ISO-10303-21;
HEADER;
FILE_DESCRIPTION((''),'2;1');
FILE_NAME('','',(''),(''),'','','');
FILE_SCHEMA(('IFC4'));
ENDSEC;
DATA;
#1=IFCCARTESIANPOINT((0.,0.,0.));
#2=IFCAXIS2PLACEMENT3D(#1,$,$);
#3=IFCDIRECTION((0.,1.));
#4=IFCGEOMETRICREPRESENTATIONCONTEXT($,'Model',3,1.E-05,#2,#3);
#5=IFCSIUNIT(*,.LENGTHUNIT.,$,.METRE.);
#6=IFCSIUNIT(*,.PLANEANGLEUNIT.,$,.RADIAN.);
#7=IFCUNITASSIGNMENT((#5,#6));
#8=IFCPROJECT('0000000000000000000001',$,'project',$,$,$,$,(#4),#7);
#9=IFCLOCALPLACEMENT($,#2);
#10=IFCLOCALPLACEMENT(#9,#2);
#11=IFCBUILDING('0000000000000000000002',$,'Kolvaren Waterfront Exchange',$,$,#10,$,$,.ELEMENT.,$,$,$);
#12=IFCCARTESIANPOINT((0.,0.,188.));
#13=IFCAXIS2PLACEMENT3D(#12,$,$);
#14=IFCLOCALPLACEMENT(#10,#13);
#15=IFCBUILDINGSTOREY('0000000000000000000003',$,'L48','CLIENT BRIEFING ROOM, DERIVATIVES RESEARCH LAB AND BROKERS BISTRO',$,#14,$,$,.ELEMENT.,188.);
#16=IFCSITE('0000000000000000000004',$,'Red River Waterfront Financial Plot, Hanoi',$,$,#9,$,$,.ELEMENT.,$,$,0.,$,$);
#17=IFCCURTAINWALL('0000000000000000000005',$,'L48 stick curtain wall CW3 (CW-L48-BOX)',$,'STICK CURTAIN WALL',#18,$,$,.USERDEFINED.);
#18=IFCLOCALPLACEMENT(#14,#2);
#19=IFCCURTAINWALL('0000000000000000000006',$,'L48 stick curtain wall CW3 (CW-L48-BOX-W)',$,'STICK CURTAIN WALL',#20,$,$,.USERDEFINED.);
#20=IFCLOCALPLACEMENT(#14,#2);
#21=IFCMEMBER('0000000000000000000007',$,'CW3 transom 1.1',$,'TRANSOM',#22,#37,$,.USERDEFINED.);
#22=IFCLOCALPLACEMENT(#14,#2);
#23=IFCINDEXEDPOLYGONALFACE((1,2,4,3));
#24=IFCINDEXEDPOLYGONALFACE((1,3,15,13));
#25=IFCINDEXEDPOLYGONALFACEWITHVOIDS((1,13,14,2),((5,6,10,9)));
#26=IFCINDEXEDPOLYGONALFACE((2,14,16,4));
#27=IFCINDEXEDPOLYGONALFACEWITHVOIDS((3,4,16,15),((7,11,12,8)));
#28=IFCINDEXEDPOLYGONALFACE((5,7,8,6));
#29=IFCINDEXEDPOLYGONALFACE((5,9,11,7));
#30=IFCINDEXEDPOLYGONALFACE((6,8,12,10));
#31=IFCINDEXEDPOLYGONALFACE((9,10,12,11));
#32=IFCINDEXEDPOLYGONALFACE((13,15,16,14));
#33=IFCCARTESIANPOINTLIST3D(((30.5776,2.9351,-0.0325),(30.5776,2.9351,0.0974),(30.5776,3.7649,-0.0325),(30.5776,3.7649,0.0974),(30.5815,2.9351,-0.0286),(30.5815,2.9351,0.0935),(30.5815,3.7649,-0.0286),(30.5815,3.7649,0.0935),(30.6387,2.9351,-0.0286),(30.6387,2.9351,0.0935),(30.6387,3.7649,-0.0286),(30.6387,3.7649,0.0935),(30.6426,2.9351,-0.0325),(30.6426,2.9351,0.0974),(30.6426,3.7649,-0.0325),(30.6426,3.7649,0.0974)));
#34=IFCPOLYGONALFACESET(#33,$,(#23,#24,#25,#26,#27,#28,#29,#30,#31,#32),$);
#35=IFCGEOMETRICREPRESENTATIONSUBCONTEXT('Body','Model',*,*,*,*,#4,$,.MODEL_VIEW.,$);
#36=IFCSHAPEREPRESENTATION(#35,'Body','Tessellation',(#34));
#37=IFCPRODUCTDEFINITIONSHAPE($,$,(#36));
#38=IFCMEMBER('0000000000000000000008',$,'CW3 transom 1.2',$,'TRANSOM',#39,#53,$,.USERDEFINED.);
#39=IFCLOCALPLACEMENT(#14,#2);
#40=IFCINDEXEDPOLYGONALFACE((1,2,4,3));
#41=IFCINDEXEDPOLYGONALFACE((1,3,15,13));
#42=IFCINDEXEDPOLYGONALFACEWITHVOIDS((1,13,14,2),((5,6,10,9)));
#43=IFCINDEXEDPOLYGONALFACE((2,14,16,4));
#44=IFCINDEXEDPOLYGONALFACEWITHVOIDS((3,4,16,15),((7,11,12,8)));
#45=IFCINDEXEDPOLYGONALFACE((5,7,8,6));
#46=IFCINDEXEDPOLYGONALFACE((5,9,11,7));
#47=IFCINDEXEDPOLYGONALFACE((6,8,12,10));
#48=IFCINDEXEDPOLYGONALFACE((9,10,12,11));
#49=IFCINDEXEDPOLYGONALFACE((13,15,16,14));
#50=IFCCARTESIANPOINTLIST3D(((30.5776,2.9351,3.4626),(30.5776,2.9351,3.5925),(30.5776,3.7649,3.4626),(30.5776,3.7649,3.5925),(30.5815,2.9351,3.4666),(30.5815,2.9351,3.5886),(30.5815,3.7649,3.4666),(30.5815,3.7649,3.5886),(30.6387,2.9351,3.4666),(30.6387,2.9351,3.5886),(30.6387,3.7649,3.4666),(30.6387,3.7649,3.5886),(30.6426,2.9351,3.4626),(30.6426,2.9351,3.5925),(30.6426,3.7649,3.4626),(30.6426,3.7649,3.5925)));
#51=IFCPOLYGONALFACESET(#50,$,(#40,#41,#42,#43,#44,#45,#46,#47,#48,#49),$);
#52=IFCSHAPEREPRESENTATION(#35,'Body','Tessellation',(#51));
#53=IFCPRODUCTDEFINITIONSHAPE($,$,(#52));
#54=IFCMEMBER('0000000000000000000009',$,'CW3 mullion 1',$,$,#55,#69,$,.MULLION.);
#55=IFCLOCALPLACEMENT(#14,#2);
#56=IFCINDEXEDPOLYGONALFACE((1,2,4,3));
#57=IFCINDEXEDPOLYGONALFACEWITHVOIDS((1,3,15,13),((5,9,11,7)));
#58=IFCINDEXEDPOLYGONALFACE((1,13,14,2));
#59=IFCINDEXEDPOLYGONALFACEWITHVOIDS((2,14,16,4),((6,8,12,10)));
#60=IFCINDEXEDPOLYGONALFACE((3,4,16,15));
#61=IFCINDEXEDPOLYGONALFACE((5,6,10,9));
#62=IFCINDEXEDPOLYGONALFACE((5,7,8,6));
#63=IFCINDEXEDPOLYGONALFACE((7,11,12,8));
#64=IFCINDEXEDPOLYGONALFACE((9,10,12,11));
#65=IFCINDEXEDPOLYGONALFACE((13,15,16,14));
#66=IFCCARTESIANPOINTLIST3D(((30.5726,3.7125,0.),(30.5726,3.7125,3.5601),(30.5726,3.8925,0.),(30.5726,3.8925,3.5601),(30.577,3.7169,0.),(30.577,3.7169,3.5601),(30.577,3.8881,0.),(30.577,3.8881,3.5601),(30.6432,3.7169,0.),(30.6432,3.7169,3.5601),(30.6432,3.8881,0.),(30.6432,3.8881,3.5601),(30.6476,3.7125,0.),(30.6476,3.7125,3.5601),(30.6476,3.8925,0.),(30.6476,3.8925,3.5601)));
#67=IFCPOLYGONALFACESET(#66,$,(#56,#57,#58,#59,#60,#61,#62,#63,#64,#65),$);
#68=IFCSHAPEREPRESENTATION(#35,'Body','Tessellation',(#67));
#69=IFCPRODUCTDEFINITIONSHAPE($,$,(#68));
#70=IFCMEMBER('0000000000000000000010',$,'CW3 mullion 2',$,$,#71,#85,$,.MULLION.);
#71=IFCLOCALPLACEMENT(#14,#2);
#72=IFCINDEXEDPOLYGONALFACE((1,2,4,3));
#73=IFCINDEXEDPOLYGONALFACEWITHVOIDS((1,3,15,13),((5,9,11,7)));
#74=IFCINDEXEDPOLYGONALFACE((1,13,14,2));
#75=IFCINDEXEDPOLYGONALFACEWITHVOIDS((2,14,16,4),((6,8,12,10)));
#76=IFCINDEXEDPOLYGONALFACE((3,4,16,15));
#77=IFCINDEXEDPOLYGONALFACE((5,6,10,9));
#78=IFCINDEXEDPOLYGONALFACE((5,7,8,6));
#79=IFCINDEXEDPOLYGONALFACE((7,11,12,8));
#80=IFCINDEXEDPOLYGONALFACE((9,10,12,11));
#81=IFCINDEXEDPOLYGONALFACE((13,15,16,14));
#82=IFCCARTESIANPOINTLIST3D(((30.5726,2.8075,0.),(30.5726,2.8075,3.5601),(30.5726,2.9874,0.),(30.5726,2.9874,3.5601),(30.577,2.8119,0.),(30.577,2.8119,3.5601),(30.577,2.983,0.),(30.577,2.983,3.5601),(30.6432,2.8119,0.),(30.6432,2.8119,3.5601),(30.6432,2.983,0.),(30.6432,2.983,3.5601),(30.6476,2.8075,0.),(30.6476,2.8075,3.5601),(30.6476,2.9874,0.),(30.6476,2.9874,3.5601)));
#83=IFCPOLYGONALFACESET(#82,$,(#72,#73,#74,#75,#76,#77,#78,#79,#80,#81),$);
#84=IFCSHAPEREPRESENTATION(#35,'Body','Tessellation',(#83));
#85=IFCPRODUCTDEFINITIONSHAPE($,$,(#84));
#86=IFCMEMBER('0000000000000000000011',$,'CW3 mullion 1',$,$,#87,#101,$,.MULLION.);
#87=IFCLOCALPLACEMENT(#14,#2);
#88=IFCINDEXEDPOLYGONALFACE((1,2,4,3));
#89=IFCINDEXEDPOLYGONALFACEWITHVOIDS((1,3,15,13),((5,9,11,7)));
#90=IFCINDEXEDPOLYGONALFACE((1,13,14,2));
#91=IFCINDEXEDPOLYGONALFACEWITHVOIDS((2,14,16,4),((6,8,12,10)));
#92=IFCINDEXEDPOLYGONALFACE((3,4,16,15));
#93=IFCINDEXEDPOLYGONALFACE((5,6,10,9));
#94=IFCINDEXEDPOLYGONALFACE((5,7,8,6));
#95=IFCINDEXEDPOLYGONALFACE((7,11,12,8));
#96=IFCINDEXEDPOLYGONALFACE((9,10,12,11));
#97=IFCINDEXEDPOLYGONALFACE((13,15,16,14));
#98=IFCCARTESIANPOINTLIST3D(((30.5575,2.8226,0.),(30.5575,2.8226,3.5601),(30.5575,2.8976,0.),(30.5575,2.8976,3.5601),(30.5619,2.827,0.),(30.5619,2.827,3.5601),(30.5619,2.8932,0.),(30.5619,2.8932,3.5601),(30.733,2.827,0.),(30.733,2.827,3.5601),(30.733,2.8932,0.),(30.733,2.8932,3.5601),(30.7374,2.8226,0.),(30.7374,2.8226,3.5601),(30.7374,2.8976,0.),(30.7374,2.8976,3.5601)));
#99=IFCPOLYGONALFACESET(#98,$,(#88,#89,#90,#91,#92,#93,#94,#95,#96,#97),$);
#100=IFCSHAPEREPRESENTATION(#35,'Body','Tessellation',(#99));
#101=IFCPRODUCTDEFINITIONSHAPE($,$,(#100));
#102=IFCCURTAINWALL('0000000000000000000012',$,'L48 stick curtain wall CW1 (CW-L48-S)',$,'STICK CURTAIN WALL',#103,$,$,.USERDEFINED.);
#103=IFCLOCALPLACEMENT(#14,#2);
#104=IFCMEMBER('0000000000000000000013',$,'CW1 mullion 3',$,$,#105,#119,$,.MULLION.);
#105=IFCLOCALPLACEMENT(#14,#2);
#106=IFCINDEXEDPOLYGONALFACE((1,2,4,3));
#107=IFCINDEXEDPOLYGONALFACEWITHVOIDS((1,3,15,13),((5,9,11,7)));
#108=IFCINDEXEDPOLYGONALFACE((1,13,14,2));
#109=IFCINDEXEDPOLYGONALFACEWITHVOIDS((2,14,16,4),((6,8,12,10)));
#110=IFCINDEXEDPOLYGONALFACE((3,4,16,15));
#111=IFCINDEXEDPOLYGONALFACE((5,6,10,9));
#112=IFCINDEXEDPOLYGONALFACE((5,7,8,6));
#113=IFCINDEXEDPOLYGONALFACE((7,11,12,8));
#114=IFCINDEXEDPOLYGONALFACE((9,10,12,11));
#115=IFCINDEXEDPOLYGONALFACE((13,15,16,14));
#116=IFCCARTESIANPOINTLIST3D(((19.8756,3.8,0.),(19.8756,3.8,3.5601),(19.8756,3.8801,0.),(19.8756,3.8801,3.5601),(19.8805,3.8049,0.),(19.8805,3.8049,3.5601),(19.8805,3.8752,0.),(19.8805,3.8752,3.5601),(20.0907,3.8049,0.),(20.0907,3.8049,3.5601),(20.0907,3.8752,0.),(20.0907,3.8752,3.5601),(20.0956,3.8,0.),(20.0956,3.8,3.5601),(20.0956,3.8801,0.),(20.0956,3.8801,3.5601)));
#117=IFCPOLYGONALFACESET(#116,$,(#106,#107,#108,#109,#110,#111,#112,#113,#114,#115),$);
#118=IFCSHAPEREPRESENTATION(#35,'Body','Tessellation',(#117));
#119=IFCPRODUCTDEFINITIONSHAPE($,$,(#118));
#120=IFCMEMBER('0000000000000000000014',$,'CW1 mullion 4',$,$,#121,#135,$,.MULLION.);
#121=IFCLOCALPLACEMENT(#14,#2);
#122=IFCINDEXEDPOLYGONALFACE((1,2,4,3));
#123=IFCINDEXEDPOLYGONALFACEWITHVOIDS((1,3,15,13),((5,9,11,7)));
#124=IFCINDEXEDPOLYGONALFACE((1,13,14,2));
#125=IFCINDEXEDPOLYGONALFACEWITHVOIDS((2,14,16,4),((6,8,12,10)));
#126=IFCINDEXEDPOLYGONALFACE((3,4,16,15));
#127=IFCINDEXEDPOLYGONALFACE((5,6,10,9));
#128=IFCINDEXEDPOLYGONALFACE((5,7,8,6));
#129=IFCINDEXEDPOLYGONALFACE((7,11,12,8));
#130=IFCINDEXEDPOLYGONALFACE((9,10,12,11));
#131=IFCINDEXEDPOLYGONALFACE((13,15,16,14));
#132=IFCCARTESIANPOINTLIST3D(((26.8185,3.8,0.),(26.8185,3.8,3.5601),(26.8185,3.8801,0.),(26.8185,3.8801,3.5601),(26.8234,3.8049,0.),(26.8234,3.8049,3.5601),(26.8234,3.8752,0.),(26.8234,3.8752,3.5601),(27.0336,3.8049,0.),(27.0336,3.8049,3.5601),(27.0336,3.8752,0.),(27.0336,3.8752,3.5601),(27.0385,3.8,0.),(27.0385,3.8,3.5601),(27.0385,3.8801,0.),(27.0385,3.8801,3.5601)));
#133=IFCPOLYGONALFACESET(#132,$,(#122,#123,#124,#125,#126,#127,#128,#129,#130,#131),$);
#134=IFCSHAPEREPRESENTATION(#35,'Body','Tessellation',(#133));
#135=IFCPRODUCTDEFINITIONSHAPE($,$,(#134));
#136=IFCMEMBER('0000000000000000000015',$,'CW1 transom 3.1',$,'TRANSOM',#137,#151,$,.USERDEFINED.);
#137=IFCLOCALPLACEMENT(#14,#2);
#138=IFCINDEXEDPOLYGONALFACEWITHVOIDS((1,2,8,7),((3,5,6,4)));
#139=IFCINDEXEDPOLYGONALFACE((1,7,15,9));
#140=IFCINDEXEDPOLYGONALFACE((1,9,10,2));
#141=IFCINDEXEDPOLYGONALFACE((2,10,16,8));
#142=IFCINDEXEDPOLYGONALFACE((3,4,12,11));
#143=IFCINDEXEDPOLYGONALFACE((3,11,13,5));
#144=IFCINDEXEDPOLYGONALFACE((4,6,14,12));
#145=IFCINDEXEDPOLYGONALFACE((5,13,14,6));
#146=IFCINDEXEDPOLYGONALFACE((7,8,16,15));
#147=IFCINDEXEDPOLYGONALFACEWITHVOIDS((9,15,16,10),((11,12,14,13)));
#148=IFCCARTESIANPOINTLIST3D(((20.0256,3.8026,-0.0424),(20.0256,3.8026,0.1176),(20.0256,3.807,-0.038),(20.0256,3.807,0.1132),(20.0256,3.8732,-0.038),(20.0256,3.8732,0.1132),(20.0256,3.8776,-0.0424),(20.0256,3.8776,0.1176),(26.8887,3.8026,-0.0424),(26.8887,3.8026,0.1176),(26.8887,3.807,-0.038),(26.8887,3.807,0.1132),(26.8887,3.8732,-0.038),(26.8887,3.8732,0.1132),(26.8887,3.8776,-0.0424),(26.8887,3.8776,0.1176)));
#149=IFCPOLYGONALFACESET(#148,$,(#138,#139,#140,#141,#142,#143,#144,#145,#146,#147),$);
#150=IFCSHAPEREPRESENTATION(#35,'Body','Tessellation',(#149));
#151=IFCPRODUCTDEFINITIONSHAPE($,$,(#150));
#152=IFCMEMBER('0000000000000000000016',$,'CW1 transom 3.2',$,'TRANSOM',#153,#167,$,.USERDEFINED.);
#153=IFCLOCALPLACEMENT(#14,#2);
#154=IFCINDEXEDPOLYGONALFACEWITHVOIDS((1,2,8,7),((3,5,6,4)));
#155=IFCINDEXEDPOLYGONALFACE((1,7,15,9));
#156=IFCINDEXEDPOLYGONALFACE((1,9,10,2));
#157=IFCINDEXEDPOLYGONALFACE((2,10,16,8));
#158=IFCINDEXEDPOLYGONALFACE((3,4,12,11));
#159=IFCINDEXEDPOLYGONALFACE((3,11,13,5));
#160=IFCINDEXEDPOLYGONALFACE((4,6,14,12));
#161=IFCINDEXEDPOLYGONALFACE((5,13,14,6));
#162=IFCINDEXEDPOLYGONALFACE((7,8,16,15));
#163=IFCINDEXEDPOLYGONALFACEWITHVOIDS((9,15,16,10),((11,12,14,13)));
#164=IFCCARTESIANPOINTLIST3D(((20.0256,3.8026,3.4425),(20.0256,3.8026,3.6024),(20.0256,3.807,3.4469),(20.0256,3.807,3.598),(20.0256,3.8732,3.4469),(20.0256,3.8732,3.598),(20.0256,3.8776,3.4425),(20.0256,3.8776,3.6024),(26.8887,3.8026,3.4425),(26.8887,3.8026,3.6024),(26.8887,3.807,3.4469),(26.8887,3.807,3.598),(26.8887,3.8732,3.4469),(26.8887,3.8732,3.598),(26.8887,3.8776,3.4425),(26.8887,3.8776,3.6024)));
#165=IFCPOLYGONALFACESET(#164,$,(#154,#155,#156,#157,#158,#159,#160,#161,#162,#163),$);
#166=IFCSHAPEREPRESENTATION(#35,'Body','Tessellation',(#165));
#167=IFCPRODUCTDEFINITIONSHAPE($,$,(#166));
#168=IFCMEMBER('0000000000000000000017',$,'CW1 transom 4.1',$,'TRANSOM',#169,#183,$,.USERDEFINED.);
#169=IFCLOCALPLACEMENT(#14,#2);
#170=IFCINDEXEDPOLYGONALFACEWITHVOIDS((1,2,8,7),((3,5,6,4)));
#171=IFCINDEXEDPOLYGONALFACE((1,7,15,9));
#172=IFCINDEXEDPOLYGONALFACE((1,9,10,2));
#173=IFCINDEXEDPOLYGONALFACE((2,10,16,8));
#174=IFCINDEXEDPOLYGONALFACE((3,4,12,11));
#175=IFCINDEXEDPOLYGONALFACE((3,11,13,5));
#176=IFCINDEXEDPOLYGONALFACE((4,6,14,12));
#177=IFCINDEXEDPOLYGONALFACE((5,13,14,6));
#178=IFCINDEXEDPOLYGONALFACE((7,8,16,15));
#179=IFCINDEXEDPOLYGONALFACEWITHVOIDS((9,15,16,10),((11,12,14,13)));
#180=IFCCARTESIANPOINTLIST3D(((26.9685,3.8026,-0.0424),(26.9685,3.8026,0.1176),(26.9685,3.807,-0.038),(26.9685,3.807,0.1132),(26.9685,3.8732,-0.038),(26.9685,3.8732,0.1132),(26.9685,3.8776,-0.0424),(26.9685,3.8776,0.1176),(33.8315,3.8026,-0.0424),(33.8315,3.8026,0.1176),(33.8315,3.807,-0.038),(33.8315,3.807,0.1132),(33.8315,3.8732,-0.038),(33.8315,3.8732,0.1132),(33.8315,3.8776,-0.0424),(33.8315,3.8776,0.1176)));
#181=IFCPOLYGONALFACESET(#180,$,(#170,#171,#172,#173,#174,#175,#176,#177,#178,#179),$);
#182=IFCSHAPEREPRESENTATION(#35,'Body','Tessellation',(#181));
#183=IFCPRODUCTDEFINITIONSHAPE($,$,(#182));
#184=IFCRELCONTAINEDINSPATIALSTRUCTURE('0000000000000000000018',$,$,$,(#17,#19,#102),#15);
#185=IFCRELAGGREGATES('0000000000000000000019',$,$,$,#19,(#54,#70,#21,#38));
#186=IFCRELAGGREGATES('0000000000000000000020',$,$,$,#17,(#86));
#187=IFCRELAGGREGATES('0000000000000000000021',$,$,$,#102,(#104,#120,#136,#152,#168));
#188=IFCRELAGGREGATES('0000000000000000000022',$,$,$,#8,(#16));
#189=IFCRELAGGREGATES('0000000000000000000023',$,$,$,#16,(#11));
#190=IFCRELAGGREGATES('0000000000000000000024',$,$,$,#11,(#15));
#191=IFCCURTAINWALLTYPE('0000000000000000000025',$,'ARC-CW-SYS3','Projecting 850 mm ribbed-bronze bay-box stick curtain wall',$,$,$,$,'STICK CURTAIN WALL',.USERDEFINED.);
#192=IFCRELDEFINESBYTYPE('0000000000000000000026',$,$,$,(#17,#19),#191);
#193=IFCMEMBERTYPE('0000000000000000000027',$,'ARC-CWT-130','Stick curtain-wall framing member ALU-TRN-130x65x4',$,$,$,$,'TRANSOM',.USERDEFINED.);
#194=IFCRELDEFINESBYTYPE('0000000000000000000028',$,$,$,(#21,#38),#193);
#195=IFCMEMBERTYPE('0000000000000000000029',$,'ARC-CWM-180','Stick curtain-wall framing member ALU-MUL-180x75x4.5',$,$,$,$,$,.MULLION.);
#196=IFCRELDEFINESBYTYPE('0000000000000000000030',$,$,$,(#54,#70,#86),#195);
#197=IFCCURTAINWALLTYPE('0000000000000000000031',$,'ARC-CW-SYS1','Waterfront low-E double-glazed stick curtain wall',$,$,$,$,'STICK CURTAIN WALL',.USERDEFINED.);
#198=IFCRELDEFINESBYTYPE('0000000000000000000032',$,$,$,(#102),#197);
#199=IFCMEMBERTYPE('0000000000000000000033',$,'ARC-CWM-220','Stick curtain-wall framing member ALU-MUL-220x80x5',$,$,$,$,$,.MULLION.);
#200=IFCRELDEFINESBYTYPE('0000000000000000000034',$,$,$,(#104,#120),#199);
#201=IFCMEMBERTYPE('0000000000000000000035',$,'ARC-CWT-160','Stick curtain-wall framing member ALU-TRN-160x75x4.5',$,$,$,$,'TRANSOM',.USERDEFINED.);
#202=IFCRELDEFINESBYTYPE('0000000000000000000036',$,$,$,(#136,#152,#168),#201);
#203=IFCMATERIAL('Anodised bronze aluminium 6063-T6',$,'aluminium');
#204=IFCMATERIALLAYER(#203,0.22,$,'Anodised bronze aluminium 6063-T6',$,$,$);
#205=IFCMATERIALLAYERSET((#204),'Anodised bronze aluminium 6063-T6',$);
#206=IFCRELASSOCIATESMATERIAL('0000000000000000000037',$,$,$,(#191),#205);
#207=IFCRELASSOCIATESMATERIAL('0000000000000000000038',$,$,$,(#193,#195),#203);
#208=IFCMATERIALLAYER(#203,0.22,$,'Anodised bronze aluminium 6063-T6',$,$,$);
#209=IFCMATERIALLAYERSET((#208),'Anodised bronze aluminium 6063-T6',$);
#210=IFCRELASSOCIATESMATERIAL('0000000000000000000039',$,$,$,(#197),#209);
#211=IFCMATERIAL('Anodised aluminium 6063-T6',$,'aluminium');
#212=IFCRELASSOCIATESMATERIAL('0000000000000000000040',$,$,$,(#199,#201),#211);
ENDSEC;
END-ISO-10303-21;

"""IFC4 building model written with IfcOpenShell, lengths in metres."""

from ifc_helpers import new_model, si_unit, direction, frame, origin, origin_with_axes, origin_2d, place, context, subcontext, project, spatial, hollow_rectangle, extrude, source, transform, mapped, material, layer, layer_set, material_profile, profile_set, type_object, element, aggregate, save


model = new_model("IFC4")

# Units and contexts
model_context = context("Model", 3, precision=1e-05, world=origin(), true_north=direction((0.0, 1.0)))
body_context = subcontext(model_context, "Body", "Model", "MODEL_VIEW")
ifc_project = project(units=[si_unit("LENGTHUNIT", "METRE"), si_unit("PLANEANGLEUNIT", "RADIAN")], contexts=[model_context])

# Site, building, storey
site_placement = place(None, origin())
site = spatial("IfcSite", under=ifc_project, at=site_placement, Name="Red River Waterfront Financial Plot, Hanoi", CompositionType="ELEMENT", RefElevation=0.0)
building_placement = place(site_placement, origin())
building = spatial("IfcBuilding", under=site, at=building_placement, Name="Kolvaren Waterfront Exchange", CompositionType="ELEMENT")
storey_placement = place(building_placement, frame((0.0, 0.0, 188.0)))
storey = spatial("IfcBuildingStorey", under=building, at=storey_placement, Name="L48", Description="CLIENT BRIEFING ROOM, DERIVATIVES RESEARCH LAB AND BROKERS BISTRO", CompositionType="ELEMENT", Elevation=188.0)

# Curtain walls, members
ifc_material_1 = material(Name="Anodised bronze aluminium 6063-T6", Category="aluminium")
ifc_layer_1 = layer(ifc_material_1, 0.22, Name="Anodised bronze aluminium 6063-T6")
ifc_layer_set_1 = layer_set([ifc_layer_1], Name="Anodised bronze aluminium 6063-T6")
curtain_wall_type_1 = type_object("IfcCurtainWallType", Name="ARC-CW-SYS3", Description="Projecting 850 mm ribbed-bronze bay-box stick curtain wall", ElementType="STICK CURTAIN WALL", PredefinedType="USERDEFINED", material=ifc_layer_set_1)
curtain_wall_1_placement = place(storey_placement, origin())
curtain_wall_1 = element("IfcCurtainWall", 1, at=curtain_wall_1_placement, inside=storey, type_object=curtain_wall_type_1, Name="L48 stick curtain wall CW3 (CW-L48-BOX)", ObjectType="STICK CURTAIN WALL", PredefinedType="USERDEFINED")
ifc_material_profile_1 = material_profile(ifc_material_1, hollow_rectangle(XDim=0.0649, YDim=0.1299, WallThickness=0.0039, at=origin_2d()), Name="ALU-TRN-130x65x4")
ifc_profile_set_1 = profile_set([ifc_material_profile_1], Name="Anodised bronze aluminium 6063-T6")
member_type_1 = type_object("IfcMemberType", Name="ARC-CWT-130", Description="Stick curtain-wall framing member ALU-TRN-130x65x4", ElementType="TRANSOM", PredefinedType="USERDEFINED", material=ifc_profile_set_1)
curtain_wall_2_placement = place(storey_placement, origin())
curtain_wall_2 = element("IfcCurtainWall", 2, at=curtain_wall_2_placement, inside=storey, type_object=curtain_wall_type_1, Name="L48 stick curtain wall CW3 (CW-L48-BOX-W)", ObjectType="STICK CURTAIN WALL", PredefinedType="USERDEFINED")
shared_shape_1 = source(origin_with_axes(), body_context, "Body", "SweptSolid", [
    extrude(hollow_rectangle(XDim=0.0649, YDim=0.1299, WallThickness=0.0039, at=origin_2d()), origin(), (0.0, 0.0, 1.0), 0.8298),
])
member_1_placement = place(storey_placement, frame((30.6101, 3.7649, 0.0325), z_axis=(0.0, -1.0, 0.0), x_axis=(1.0, 0.0, 0.0)))
member_1 = element("IfcMember", 3, at=member_1_placement, type_object=member_type_1, Name="CW3 transom 1.1", ObjectType="TRANSOM", PredefinedType="USERDEFINED", context=body_context, shape_type="MappedRepresentation", body=[
    mapped(shared_shape_1, transform((0.0, 0.0, 0.0), x_axis=(1.0, 0.0, 0.0), y_axis=(0.0, 1.0, 0.0), z_axis=(0.0, 0.0, 1.0), scale=1.0)),
])
member_2_placement = place(storey_placement, frame((30.6101, 3.7649, 3.5276), z_axis=(0.0, -1.0, 0.0), x_axis=(1.0, 0.0, 0.0)))
member_2 = element("IfcMember", 4, at=member_2_placement, type_object=member_type_1, Name="CW3 transom 1.2", ObjectType="TRANSOM", PredefinedType="USERDEFINED", context=body_context, shape_type="MappedRepresentation", body=[
    mapped(shared_shape_1, transform((0.0, 0.0, 0.0), x_axis=(1.0, 0.0, 0.0), y_axis=(0.0, 1.0, 0.0), z_axis=(0.0, 0.0, 1.0), scale=1.0)),
])
ifc_material_profile_2 = material_profile(ifc_material_1, hollow_rectangle(XDim=0.075, YDim=0.1799, WallThickness=0.0044, at=origin_2d()), Name="ALU-MUL-180x75x4.5")
ifc_profile_set_2 = profile_set([ifc_material_profile_2], Name="Anodised bronze aluminium 6063-T6")
member_type_2 = type_object("IfcMemberType", Name="ARC-CWM-180", Description="Stick curtain-wall framing member ALU-MUL-180x75x4.5", PredefinedType="MULLION", material=ifc_profile_set_2)
shared_shape_2 = source(origin_with_axes(), body_context, "Body", "SweptSolid", [
    extrude(hollow_rectangle(XDim=0.075, YDim=0.1799, WallThickness=0.0044, at=origin_2d()), origin(), (0.0, 0.0, 1.0), 3.5601),
])
member_3_placement = place(storey_placement, frame((30.6101, 3.8025, 0.0), z_axis=(0.0, 0.0, 1.0), x_axis=(1.0, 0.0, 0.0)))
member_3 = element("IfcMember", 5, at=member_3_placement, type_object=member_type_2, Name="CW3 mullion 1", PredefinedType="MULLION", context=body_context, shape_type="MappedRepresentation", body=[
    mapped(shared_shape_2, transform((0.0, 0.0, 0.0), x_axis=(1.0, 0.0, 0.0), y_axis=(0.0, 1.0, 0.0), z_axis=(0.0, 0.0, 1.0), scale=1.0)),
])
member_4_placement = place(storey_placement, frame((30.6101, 2.8975, 0.0), z_axis=(0.0, 0.0, 1.0), x_axis=(1.0, 0.0, 0.0)))
member_4 = element("IfcMember", 6, at=member_4_placement, type_object=member_type_2, Name="CW3 mullion 2", PredefinedType="MULLION", context=body_context, shape_type="MappedRepresentation", body=[
    mapped(shared_shape_2, transform((0.0, 0.0, 0.0), x_axis=(1.0, 0.0, 0.0), y_axis=(0.0, 1.0, 0.0), z_axis=(0.0, 0.0, 1.0), scale=1.0)),
])

# Member
member_5_placement = place(storey_placement, frame((30.6475, 2.8601, 0.0), z_axis=(0.0, 0.0, 1.0), x_axis=(0.0, 1.0, 0.0)))
member_5 = element("IfcMember", 7, at=member_5_placement, type_object=member_type_2, Name="CW3 mullion 1", PredefinedType="MULLION", context=body_context, shape_type="MappedRepresentation", body=[
    mapped(shared_shape_2, transform((0.0, 0.0, 0.0), x_axis=(1.0, 0.0, 0.0), y_axis=(0.0, 1.0, 0.0), z_axis=(0.0, 0.0, 1.0), scale=1.0)),
])

# Curtain wall, members
ifc_layer_2 = layer(ifc_material_1, 0.22, Name="Anodised bronze aluminium 6063-T6")
ifc_layer_set_2 = layer_set([ifc_layer_2], Name="Anodised bronze aluminium 6063-T6")
curtain_wall_type_2 = type_object("IfcCurtainWallType", Name="ARC-CW-SYS1", Description="Waterfront low-E double-glazed stick curtain wall", ElementType="STICK CURTAIN WALL", PredefinedType="USERDEFINED", material=ifc_layer_set_2)
curtain_wall_3_placement = place(storey_placement, origin())
curtain_wall_3 = element("IfcCurtainWall", 8, at=curtain_wall_3_placement, inside=storey, type_object=curtain_wall_type_2, Name="L48 stick curtain wall CW1 (CW-L48-S)", ObjectType="STICK CURTAIN WALL", PredefinedType="USERDEFINED")
ifc_material_2 = material(Name="Anodised aluminium 6063-T6", Category="aluminium")
ifc_material_profile_3 = material_profile(ifc_material_2, hollow_rectangle(XDim=0.0801, YDim=0.22, WallThickness=0.0049, at=origin_2d()), Name="ALU-MUL-220x80x5")
ifc_profile_set_3 = profile_set([ifc_material_profile_3], Name="Anodised aluminium 6063-T6")
member_type_3 = type_object("IfcMemberType", Name="ARC-CWM-220", Description="Stick curtain-wall framing member ALU-MUL-220x80x5", PredefinedType="MULLION", material=ifc_profile_set_3)
shared_shape_3 = source(origin_with_axes(), body_context, "Body", "SweptSolid", [
    extrude(hollow_rectangle(XDim=0.0801, YDim=0.22, WallThickness=0.0049, at=origin_2d()), origin(), (0.0, 0.0, 1.0), 3.5601),
])
member_6_placement = place(storey_placement, frame((19.9856, 3.8401, 0.0), z_axis=(0.0, 0.0, 1.0), x_axis=(0.0, 1.0, 0.0)))
member_6 = element("IfcMember", 9, at=member_6_placement, type_object=member_type_3, Name="CW1 mullion 3", PredefinedType="MULLION", context=body_context, shape_type="MappedRepresentation", body=[
    mapped(shared_shape_3, transform((0.0, 0.0, 0.0), x_axis=(1.0, 0.0, 0.0), y_axis=(0.0, 1.0, 0.0), z_axis=(0.0, 0.0, 1.0), scale=1.0)),
])
member_7_placement = place(storey_placement, frame((26.9285, 3.8401, 0.0), z_axis=(0.0, 0.0, 1.0), x_axis=(0.0, 1.0, 0.0)))
member_7 = element("IfcMember", 10, at=member_7_placement, type_object=member_type_3, Name="CW1 mullion 4", PredefinedType="MULLION", context=body_context, shape_type="MappedRepresentation", body=[
    mapped(shared_shape_3, transform((0.0, 0.0, 0.0), x_axis=(1.0, 0.0, 0.0), y_axis=(0.0, 1.0, 0.0), z_axis=(0.0, 0.0, 1.0), scale=1.0)),
])
ifc_material_profile_4 = material_profile(ifc_material_2, hollow_rectangle(XDim=0.075, YDim=0.1599, WallThickness=0.0044, at=origin_2d()), Name="ALU-TRN-160x75x4.5")
ifc_profile_set_4 = profile_set([ifc_material_profile_4], Name="Anodised aluminium 6063-T6")
member_type_4 = type_object("IfcMemberType", Name="ARC-CWT-160", Description="Stick curtain-wall framing member ALU-TRN-160x75x4.5", ElementType="TRANSOM", PredefinedType="USERDEFINED", material=ifc_profile_set_4)
shared_shape_4 = source(origin_with_axes(), body_context, "Body", "SweptSolid", [
    extrude(hollow_rectangle(XDim=0.075, YDim=0.1599, WallThickness=0.0044, at=origin_2d()), origin(), (0.0, 0.0, 1.0), 6.863),
])
member_8_placement = place(storey_placement, frame((20.0256, 3.8401, 0.0376), z_axis=(1.0, 0.0, 0.0), x_axis=(0.0, 1.0, 0.0)))
member_8 = element("IfcMember", 11, at=member_8_placement, type_object=member_type_4, Name="CW1 transom 3.1", ObjectType="TRANSOM", PredefinedType="USERDEFINED", context=body_context, shape_type="MappedRepresentation", body=[
    mapped(shared_shape_4, transform((0.0, 0.0, 0.0), x_axis=(1.0, 0.0, 0.0), y_axis=(0.0, 1.0, 0.0), z_axis=(0.0, 0.0, 1.0), scale=1.0)),
])
member_9_placement = place(storey_placement, frame((20.0256, 3.8401, 3.5225), z_axis=(1.0, 0.0, 0.0), x_axis=(0.0, 1.0, 0.0)))
member_9 = element("IfcMember", 12, at=member_9_placement, type_object=member_type_4, Name="CW1 transom 3.2", ObjectType="TRANSOM", PredefinedType="USERDEFINED", context=body_context, shape_type="MappedRepresentation", body=[
    mapped(shared_shape_4, transform((0.0, 0.0, 0.0), x_axis=(1.0, 0.0, 0.0), y_axis=(0.0, 1.0, 0.0), z_axis=(0.0, 0.0, 1.0), scale=1.0)),
])
member_10_placement = place(storey_placement, frame((26.9685, 3.8401, 0.0376), z_axis=(1.0, 0.0, 0.0), x_axis=(0.0, 1.0, 0.0)))
member_10 = element("IfcMember", 13, at=member_10_placement, type_object=member_type_4, Name="CW1 transom 4.1", ObjectType="TRANSOM", PredefinedType="USERDEFINED", context=body_context, shape_type="MappedRepresentation", body=[
    mapped(shared_shape_4, transform((0.0, 0.0, 0.0), x_axis=(1.0, 0.0, 0.0), y_axis=(0.0, 1.0, 0.0), z_axis=(0.0, 0.0, 1.0), scale=1.0)),
])

aggregate(curtain_wall_2, [member_3, member_4, member_1, member_2])
aggregate(curtain_wall_1, [member_5])
aggregate(curtain_wall_3, [member_6, member_7, member_8, member_9, member_10])

save(model, "model.ifc")
